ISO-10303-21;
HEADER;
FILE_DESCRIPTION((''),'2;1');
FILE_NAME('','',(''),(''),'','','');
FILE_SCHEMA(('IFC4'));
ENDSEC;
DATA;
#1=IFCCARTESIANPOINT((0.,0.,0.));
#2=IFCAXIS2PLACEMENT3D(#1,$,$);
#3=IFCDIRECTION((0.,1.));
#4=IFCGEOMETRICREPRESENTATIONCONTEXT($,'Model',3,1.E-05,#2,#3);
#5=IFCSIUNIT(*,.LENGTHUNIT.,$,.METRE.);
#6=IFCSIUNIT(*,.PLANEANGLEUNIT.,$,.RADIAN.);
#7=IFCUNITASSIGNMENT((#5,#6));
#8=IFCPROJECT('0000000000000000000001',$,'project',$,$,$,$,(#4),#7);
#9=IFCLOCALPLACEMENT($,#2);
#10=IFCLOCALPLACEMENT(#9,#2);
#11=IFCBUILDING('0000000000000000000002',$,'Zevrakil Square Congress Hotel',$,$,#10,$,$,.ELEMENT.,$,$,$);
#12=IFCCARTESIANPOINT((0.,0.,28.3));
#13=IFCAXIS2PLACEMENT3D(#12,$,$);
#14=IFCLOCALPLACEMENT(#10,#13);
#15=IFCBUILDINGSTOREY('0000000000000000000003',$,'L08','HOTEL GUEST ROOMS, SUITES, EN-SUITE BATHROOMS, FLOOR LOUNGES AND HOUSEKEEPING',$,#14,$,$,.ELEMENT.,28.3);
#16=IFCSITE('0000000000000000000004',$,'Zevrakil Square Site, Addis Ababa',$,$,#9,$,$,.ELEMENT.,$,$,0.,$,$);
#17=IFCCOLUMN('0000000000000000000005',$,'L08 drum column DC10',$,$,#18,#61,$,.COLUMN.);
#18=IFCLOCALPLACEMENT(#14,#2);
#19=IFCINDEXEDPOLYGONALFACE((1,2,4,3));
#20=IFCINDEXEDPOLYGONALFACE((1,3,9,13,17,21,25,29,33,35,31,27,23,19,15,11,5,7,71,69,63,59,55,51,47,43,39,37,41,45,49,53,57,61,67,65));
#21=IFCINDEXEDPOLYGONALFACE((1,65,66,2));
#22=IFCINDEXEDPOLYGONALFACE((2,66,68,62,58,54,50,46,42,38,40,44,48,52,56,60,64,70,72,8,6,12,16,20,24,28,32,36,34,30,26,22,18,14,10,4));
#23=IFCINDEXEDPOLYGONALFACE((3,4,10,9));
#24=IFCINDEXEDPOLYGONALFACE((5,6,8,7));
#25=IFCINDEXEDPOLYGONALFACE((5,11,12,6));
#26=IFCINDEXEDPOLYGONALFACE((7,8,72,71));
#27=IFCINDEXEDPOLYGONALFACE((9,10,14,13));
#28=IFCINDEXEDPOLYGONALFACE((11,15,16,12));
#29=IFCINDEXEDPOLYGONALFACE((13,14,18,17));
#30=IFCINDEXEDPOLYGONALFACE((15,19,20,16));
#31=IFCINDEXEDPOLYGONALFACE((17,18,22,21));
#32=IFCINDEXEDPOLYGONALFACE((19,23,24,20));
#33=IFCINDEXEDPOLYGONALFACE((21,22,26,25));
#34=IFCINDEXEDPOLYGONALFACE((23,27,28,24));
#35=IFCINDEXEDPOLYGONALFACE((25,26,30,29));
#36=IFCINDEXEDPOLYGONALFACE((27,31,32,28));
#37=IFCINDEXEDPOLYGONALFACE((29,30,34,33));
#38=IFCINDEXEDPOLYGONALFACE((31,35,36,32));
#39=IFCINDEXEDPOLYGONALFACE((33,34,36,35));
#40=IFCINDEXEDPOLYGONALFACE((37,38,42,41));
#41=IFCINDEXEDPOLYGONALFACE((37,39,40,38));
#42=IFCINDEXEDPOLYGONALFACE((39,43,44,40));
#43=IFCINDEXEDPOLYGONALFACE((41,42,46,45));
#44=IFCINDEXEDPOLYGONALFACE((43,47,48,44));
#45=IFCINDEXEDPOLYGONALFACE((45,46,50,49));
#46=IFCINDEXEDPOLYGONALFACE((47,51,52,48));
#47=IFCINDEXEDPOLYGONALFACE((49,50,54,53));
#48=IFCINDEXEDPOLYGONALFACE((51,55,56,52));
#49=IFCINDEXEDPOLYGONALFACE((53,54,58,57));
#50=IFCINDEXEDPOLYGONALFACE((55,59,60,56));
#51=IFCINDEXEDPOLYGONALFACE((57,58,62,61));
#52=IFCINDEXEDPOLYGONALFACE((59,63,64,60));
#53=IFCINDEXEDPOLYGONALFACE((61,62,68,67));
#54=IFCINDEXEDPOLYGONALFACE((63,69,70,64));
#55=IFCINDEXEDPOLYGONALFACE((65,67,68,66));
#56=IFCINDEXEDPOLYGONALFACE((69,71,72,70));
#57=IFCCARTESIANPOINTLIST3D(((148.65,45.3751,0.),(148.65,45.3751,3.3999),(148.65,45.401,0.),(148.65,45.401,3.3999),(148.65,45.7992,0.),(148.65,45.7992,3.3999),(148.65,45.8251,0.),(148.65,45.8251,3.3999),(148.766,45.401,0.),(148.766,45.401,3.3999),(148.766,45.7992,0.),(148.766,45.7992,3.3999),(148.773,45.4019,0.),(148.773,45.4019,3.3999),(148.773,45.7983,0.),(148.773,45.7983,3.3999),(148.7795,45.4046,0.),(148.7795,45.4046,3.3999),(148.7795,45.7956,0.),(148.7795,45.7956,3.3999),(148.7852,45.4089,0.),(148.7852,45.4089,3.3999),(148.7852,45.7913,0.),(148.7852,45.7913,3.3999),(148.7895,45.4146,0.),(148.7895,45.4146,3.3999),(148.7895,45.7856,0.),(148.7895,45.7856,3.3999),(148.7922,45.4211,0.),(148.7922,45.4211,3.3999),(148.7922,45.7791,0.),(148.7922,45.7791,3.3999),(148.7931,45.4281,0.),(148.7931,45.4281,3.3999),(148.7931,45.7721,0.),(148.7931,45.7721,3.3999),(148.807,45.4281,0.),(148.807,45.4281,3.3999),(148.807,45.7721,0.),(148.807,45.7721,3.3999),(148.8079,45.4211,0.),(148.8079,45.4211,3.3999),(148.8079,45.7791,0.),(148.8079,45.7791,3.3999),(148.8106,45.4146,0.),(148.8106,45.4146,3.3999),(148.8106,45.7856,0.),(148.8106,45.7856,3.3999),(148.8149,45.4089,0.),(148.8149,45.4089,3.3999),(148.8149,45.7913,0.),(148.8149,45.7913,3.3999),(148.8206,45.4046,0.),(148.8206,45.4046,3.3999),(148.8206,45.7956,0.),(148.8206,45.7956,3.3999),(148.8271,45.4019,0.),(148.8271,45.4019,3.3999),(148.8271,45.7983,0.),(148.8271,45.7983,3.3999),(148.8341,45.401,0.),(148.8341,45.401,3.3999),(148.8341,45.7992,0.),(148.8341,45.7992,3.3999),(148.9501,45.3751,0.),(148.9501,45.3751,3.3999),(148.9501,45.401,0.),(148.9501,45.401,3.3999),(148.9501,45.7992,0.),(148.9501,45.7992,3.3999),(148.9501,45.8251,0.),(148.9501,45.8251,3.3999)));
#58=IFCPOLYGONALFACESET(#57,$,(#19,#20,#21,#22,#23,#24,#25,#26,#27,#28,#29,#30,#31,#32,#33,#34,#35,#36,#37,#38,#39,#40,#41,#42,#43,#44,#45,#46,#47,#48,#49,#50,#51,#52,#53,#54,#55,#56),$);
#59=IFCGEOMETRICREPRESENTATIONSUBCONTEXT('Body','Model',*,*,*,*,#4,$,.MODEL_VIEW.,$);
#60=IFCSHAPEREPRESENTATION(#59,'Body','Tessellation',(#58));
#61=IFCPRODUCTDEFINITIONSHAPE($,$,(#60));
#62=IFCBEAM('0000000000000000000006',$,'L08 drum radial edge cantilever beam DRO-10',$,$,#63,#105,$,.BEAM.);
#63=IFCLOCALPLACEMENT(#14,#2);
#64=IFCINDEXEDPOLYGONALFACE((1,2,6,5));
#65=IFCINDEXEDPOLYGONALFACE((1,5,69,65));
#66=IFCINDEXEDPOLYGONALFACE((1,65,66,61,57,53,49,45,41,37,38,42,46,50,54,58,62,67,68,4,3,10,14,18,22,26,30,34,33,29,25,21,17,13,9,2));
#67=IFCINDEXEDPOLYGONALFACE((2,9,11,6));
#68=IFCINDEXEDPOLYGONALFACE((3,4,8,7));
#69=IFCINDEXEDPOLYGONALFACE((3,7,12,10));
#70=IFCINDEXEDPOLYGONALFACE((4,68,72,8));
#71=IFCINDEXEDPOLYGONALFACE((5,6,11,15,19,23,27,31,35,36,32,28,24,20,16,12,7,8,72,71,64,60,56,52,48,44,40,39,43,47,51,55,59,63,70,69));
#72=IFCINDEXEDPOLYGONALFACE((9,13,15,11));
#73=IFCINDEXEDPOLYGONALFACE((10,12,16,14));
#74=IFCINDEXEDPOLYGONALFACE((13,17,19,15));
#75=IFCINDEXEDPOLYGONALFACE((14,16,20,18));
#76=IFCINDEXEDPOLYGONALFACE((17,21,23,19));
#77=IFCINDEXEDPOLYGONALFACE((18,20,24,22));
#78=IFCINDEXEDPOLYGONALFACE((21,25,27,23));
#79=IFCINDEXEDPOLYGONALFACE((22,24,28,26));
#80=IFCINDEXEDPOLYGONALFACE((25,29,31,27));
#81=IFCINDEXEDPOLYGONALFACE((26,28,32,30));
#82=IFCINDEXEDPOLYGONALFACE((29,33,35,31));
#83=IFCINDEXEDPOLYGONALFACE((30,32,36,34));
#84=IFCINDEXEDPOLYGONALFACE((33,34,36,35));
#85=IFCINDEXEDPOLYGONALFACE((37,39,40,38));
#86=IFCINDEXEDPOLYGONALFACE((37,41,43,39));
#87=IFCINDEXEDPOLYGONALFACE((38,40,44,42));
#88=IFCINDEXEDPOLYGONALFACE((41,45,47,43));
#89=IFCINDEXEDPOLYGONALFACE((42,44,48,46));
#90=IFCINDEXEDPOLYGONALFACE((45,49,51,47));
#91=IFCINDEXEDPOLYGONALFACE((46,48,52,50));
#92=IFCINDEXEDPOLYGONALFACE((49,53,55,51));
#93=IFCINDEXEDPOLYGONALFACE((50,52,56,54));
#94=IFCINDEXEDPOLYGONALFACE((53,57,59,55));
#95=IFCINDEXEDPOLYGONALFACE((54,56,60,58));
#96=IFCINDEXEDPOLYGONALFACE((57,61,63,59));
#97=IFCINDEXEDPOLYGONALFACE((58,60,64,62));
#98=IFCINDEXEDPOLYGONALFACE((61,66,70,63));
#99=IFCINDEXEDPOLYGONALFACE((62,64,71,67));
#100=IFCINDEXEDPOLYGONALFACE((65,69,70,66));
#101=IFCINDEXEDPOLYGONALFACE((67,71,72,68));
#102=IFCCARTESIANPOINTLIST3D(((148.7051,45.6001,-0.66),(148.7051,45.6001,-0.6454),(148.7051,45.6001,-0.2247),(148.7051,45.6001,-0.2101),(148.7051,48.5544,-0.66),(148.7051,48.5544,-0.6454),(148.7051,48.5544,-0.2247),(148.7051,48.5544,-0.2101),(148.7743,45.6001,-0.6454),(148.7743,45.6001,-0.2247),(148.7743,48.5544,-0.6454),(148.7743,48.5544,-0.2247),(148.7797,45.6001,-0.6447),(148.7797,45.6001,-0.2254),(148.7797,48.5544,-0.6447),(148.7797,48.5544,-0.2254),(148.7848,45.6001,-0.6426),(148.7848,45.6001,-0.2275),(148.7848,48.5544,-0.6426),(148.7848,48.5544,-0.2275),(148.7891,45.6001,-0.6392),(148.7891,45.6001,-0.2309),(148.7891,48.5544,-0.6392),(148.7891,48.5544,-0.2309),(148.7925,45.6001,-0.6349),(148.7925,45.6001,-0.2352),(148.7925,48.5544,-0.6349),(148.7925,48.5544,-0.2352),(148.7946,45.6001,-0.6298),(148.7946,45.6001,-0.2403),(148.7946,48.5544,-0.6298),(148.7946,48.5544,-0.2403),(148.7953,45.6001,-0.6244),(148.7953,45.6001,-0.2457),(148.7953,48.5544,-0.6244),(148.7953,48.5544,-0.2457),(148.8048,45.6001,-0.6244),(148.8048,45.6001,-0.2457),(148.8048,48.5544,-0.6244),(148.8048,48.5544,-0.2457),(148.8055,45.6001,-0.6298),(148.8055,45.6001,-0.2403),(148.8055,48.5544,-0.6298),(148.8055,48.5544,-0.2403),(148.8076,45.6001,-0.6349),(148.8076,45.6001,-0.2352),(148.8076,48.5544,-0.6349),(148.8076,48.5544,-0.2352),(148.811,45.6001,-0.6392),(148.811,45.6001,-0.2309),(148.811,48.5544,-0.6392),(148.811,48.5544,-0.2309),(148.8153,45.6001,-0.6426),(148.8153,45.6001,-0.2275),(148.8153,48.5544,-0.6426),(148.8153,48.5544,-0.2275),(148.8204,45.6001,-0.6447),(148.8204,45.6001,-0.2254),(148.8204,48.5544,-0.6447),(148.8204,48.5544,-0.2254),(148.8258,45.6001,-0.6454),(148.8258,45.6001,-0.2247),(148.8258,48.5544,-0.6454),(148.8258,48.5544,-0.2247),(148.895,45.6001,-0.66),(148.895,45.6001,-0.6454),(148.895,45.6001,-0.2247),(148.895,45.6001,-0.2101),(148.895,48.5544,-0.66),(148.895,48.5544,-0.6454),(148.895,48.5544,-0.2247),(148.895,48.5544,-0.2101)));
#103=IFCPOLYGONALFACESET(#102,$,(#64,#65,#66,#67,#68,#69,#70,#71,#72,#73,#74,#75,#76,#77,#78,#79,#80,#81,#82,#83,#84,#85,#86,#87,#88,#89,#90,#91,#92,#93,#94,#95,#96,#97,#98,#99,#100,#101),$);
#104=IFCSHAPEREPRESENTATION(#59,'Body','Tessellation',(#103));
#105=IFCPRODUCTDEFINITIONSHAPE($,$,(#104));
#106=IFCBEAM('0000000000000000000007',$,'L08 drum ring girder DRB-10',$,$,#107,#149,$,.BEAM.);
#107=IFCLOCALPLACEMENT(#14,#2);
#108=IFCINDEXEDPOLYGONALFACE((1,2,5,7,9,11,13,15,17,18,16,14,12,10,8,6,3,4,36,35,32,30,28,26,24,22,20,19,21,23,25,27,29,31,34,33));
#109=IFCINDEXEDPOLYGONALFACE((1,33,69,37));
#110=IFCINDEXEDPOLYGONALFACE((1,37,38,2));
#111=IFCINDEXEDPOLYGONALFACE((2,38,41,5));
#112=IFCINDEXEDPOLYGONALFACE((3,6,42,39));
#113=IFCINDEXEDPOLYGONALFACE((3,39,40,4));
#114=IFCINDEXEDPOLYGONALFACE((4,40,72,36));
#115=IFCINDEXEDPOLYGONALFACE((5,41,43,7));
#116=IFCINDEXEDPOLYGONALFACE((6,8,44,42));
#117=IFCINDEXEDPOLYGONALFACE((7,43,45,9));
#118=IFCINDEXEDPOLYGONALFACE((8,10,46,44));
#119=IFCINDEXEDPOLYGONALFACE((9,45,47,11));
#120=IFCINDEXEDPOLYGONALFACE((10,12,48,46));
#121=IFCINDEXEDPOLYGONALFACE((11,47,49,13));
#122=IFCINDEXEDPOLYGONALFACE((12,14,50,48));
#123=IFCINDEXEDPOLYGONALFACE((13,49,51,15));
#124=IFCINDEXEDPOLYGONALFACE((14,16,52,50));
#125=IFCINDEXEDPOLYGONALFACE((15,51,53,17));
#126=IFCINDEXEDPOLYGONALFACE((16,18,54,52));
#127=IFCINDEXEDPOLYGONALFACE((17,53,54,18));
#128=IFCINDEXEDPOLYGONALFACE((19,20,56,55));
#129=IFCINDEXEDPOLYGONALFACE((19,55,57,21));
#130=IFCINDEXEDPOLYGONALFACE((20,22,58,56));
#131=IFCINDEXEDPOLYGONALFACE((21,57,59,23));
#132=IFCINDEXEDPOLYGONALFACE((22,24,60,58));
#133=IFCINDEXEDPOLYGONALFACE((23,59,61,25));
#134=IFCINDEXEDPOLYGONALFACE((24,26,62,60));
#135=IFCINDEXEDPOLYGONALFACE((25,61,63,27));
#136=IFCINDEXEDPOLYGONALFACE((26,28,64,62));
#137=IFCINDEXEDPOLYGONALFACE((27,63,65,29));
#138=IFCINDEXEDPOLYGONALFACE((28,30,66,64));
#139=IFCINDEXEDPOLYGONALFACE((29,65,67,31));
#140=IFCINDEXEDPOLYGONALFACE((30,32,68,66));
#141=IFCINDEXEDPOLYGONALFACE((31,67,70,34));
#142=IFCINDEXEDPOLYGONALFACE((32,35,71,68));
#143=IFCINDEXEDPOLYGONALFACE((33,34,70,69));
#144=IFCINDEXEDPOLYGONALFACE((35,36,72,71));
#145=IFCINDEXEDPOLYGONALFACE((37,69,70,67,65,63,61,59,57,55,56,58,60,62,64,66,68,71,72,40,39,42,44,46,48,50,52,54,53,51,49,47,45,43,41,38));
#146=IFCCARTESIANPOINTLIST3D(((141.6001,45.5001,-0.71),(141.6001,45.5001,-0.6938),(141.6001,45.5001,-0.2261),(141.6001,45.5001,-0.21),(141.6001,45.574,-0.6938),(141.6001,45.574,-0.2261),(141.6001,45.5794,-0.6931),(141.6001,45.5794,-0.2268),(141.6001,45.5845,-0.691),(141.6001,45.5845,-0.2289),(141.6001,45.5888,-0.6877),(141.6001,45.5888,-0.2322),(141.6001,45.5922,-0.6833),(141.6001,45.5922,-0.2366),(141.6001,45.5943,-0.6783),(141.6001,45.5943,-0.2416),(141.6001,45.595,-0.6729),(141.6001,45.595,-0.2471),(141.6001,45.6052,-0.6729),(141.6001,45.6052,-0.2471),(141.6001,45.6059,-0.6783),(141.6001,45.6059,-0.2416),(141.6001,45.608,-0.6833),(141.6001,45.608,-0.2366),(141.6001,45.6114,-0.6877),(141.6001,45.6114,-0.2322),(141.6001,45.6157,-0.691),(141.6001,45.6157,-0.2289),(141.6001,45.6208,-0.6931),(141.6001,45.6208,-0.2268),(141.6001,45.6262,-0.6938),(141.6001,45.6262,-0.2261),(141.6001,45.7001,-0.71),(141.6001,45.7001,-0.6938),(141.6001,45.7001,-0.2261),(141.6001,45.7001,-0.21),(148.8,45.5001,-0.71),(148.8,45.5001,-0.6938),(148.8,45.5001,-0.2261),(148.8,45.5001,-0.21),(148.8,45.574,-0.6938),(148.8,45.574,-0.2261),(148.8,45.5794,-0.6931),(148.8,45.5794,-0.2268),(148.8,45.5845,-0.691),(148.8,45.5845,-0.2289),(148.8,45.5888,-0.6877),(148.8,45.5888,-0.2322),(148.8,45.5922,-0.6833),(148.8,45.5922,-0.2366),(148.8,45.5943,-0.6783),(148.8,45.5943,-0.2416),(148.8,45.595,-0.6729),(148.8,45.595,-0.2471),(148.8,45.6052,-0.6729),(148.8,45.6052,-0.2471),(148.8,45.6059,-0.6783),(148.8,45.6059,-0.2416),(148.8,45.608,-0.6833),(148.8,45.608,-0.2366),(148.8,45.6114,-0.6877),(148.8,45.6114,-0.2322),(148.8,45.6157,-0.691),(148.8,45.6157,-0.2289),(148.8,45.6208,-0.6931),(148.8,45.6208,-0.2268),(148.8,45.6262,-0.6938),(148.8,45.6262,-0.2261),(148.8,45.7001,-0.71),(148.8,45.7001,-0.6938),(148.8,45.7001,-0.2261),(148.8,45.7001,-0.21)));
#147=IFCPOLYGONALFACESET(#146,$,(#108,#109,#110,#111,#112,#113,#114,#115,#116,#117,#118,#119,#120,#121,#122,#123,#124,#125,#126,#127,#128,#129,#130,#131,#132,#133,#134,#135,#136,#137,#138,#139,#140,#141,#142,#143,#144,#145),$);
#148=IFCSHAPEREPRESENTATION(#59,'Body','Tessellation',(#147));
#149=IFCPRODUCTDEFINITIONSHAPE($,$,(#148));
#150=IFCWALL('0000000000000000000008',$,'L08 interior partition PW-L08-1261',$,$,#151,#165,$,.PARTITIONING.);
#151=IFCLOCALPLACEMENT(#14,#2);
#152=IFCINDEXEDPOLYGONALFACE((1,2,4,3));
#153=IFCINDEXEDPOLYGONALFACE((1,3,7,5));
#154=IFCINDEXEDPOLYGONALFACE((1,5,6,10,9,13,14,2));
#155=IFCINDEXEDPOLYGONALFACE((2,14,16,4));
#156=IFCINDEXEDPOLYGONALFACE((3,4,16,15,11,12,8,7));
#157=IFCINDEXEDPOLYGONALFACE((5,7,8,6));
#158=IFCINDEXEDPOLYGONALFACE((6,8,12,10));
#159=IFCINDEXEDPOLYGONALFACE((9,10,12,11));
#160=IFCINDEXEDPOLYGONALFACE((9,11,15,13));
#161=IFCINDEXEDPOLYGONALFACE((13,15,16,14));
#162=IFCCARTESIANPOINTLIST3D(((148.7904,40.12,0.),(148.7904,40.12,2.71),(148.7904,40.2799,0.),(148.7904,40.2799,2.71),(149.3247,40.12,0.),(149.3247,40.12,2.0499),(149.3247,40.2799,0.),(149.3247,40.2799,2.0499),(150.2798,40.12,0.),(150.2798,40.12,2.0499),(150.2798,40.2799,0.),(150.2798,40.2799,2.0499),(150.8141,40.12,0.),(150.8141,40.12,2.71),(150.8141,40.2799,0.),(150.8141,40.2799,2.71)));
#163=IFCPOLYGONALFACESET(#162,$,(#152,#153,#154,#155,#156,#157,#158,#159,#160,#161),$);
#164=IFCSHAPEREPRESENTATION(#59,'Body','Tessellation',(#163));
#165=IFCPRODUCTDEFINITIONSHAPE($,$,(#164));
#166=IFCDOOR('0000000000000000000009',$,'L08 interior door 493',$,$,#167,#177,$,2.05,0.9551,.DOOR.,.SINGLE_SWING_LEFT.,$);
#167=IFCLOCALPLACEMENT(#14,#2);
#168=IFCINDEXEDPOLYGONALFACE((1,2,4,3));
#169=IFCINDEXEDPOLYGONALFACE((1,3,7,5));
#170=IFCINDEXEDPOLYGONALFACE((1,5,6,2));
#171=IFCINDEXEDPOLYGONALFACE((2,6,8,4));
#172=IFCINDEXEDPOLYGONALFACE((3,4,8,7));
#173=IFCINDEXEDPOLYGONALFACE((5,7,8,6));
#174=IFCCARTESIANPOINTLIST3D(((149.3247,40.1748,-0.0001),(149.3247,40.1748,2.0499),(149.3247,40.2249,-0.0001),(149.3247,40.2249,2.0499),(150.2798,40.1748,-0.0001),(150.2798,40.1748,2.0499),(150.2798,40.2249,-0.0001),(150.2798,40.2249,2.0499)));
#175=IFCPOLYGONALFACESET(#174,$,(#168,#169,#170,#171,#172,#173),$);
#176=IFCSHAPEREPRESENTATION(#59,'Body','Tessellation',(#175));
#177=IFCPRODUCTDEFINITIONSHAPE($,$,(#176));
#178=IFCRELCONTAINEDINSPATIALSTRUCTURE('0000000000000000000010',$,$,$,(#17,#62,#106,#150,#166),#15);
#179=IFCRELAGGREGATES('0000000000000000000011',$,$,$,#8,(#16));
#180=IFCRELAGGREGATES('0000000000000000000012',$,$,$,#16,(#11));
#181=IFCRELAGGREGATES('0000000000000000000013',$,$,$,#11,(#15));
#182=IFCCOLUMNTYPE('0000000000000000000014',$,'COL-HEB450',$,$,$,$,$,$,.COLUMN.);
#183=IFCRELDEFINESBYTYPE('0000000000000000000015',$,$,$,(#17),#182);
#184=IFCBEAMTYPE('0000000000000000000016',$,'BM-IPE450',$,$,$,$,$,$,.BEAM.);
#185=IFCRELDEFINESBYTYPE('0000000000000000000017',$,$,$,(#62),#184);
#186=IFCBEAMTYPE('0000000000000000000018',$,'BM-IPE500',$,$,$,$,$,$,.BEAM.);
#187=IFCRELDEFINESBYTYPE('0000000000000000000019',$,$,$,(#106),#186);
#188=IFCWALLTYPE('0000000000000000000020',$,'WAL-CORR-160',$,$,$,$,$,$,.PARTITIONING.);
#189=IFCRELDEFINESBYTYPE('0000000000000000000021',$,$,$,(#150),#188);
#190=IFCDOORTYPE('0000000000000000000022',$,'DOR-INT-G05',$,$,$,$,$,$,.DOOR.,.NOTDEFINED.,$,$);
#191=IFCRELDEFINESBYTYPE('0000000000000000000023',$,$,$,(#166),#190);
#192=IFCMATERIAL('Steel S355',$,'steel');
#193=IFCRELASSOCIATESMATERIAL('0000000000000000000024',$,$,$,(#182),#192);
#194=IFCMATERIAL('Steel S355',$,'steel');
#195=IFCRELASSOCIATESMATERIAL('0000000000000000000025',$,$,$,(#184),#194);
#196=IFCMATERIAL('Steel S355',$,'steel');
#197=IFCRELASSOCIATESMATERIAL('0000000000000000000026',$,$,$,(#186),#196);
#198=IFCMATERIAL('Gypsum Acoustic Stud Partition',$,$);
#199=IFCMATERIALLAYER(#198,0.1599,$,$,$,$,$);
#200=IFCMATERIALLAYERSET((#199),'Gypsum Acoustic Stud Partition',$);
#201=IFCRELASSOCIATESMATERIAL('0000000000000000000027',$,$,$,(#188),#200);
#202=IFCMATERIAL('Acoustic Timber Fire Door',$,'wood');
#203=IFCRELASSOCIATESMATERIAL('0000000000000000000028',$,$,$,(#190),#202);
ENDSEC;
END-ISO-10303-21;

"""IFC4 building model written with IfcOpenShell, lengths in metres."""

from ifc_helpers import new_model, si_unit, direction, frame, frame_2d, origin, origin_2d, place, context, subcontext, project, spatial, rectangle, i_section, extrude, material, layer, layer_set, material_profile, profile_set, type_object, element, fill, save


model = new_model("IFC4")

# Units and contexts
model_context = context("Model", 3, precision=1e-05, world=origin(), true_north=direction((0.0, 1.0)))
body_context = subcontext(model_context, "Body", "Model", "MODEL_VIEW")
ifc_project = project(units=[si_unit("LENGTHUNIT", "METRE"), si_unit("PLANEANGLEUNIT", "RADIAN")], contexts=[model_context])

# Site, building, storey
site_placement = place(None, origin())
site = spatial("IfcSite", under=ifc_project, at=site_placement, Name="Zevrakil Square Site, Addis Ababa", CompositionType="ELEMENT", RefElevation=0.0)
building_placement = place(site_placement, origin())
building = spatial("IfcBuilding", under=site, at=building_placement, Name="Zevrakil Square Congress Hotel", CompositionType="ELEMENT")
storey_placement = place(building_placement, frame((0.0, 0.0, 28.3)))
storey = spatial("IfcBuildingStorey", under=building, at=storey_placement, Name="L08", Description="HOTEL GUEST ROOMS, SUITES, EN-SUITE BATHROOMS, FLOOR LOUNGES AND HOUSEKEEPING", CompositionType="ELEMENT", Elevation=28.3)

# Column
ifc_material_1 = material(Name="Steel S355", Category="steel")
ifc_material_profile_1 = material_profile(ifc_material_1, i_section(OverallWidth=0.3, OverallDepth=0.45, WebThickness=0.0139, FlangeThickness=0.0259, FilletRadius=0.0271, at=origin_2d()), Name="HEB 450")
ifc_profile_set_1 = profile_set([ifc_material_profile_1], Name="Steel S355")
column_type = type_object("IfcColumnType", Name="COL-HEB450", PredefinedType="COLUMN", material=ifc_profile_set_1)
column_placement = place(storey_placement, frame((148.8, 45.6001, 0.0), z_axis=(0.0, 0.0, 1.0), x_axis=(1.0, 0.0, 0.0)))
element("IfcColumn", 1, at=column_placement, inside=storey, type_object=column_type, Name="L08 drum column DC10", PredefinedType="COLUMN", context=body_context, shape_type="SweptSolid", body=[
    extrude(i_section(OverallWidth=0.3, OverallDepth=0.45, WebThickness=0.0139, FlangeThickness=0.0259, FilletRadius=0.0271, at=origin_2d()), origin(), (0.0, 0.0, 1.0), 3.3999),
])

# Beams
ifc_material_2 = material(Name="Steel S355", Category="steel")
ifc_material_profile_2 = material_profile(ifc_material_2, i_section(OverallWidth=0.1899, OverallDepth=0.45, WebThickness=0.0095, FlangeThickness=0.0146, FilletRadius=0.021, at=origin_2d()), Name="IPE 450")
ifc_profile_set_2 = profile_set([ifc_material_profile_2], Name="Steel S355")
beam_type_1 = type_object("IfcBeamType", Name="BM-IPE450", PredefinedType="BEAM", material=ifc_profile_set_2)
beam_1_placement = place(storey_placement, frame((148.8, 45.6001, -0.4351), z_axis=(0.0, 1.0, 0.0), x_axis=(-1.0, 0.0, 0.0)))
element("IfcBeam", 2, at=beam_1_placement, inside=storey, type_object=beam_type_1, Name="L08 drum radial edge cantilever beam DRO-10", PredefinedType="BEAM", context=body_context, shape_type="SweptSolid", body=[
    extrude(i_section(OverallWidth=0.1899, OverallDepth=0.45, WebThickness=0.0095, FlangeThickness=0.0146, FilletRadius=0.021, at=origin_2d()), origin(), (0.0, 0.0, 1.0), 2.9543),
])
ifc_material_3 = material(Name="Steel S355", Category="steel")
ifc_material_profile_3 = material_profile(ifc_material_3, i_section(OverallWidth=0.2, OverallDepth=0.5, WebThickness=0.0103, FlangeThickness=0.0161, FilletRadius=0.021, at=origin_2d()), Name="IPE 500")
ifc_profile_set_3 = profile_set([ifc_material_profile_3], Name="Steel S355")
beam_type_2 = type_object("IfcBeamType", Name="BM-IPE500", PredefinedType="BEAM", material=ifc_profile_set_3)
beam_2_placement = place(storey_placement, frame((148.8, 45.6001, -0.46), z_axis=(-1.0, 0.0, 0.0), x_axis=(0.0, -1.0, 0.0)))
element("IfcBeam", 3, at=beam_2_placement, inside=storey, type_object=beam_type_2, Name="L08 drum ring girder DRB-10", PredefinedType="BEAM", context=body_context, shape_type="SweptSolid", body=[
    extrude(i_section(OverallWidth=0.2, OverallDepth=0.5, WebThickness=0.0103, FlangeThickness=0.0161, FilletRadius=0.021, at=origin_2d()), origin(), (0.0, 0.0, 1.0), 7.2),
])

# Wall, opening, door
ifc_material_4 = material(Name="Gypsum Acoustic Stud Partition")
ifc_layer_1 = layer(ifc_material_4, 0.1599)
ifc_layer_set_1 = layer_set([ifc_layer_1], Name="Gypsum Acoustic Stud Partition")
wall_type_1 = type_object("IfcWallType", Name="WAL-CORR-160", PredefinedType="PARTITIONING", material=ifc_layer_set_1)
wall_1_placement = place(storey_placement, frame((148.7905, 40.2, 0.0), z_axis=(0.0, 0.0, 1.0), x_axis=(1.0, 0.0, 0.0)))
wall_1 = element("IfcWall", 4, at=wall_1_placement, inside=storey, type_object=wall_type_1, Name="L08 interior partition PW-L08-1261", PredefinedType="PARTITIONING", context=body_context, shape_type="SweptSolid", body=[
    extrude(rectangle(XDim=2.0237, YDim=0.1599, at=frame_2d((1.0117, 0.0))), origin(), (0.0, 0.0, 1.0), 2.71),
])
opening_1_placement = place(wall_1_placement, frame((0.5342, 0.0, 0.0)))
opening_1 = element("IfcOpeningElement", 5, at=opening_1_placement, cuts=wall_1, PredefinedType="OPENING", context=body_context, shape_type="SweptSolid", body=[
    extrude(rectangle(XDim=0.9551, YDim=2.05, at=frame_2d((0.4775, 1.0249))), frame((0.0, 0.0898, 0.0), z_axis=(0.0, -1.0, 0.0), x_axis=(1.0, 0.0, 0.0)), (0.0, 0.0, 1.0), 0.1799),
])
ifc_material_5 = material(Name="Acoustic Timber Fire Door", Category="wood")
door_type_1 = type_object("IfcDoorType", Name="DOR-INT-G05", OperationType="NOTDEFINED", PredefinedType="DOOR", material=ifc_material_5)
door_1_placement = place(opening_1_placement, origin())
door_1 = element("IfcDoor", 6, at=door_1_placement, inside=storey, type_object=door_type_1, Name="L08 interior door 493", OperationType="SINGLE_SWING_LEFT", OverallHeight=2.05, OverallWidth=0.9551, PredefinedType="DOOR", context=body_context, shape_type="SweptSolid", body=[
    extrude(rectangle(XDim=0.9551, YDim=2.05, at=frame_2d((0.4775, 1.0249))), frame((0.0, 0.0249, 0.0), z_axis=(0.0, -1.0, 0.0), x_axis=(1.0, 0.0, 0.0)), (0.0, 0.0, 1.0), 0.05),
])
fill(opening_1, door_1)

save(model, "model.ifc")
